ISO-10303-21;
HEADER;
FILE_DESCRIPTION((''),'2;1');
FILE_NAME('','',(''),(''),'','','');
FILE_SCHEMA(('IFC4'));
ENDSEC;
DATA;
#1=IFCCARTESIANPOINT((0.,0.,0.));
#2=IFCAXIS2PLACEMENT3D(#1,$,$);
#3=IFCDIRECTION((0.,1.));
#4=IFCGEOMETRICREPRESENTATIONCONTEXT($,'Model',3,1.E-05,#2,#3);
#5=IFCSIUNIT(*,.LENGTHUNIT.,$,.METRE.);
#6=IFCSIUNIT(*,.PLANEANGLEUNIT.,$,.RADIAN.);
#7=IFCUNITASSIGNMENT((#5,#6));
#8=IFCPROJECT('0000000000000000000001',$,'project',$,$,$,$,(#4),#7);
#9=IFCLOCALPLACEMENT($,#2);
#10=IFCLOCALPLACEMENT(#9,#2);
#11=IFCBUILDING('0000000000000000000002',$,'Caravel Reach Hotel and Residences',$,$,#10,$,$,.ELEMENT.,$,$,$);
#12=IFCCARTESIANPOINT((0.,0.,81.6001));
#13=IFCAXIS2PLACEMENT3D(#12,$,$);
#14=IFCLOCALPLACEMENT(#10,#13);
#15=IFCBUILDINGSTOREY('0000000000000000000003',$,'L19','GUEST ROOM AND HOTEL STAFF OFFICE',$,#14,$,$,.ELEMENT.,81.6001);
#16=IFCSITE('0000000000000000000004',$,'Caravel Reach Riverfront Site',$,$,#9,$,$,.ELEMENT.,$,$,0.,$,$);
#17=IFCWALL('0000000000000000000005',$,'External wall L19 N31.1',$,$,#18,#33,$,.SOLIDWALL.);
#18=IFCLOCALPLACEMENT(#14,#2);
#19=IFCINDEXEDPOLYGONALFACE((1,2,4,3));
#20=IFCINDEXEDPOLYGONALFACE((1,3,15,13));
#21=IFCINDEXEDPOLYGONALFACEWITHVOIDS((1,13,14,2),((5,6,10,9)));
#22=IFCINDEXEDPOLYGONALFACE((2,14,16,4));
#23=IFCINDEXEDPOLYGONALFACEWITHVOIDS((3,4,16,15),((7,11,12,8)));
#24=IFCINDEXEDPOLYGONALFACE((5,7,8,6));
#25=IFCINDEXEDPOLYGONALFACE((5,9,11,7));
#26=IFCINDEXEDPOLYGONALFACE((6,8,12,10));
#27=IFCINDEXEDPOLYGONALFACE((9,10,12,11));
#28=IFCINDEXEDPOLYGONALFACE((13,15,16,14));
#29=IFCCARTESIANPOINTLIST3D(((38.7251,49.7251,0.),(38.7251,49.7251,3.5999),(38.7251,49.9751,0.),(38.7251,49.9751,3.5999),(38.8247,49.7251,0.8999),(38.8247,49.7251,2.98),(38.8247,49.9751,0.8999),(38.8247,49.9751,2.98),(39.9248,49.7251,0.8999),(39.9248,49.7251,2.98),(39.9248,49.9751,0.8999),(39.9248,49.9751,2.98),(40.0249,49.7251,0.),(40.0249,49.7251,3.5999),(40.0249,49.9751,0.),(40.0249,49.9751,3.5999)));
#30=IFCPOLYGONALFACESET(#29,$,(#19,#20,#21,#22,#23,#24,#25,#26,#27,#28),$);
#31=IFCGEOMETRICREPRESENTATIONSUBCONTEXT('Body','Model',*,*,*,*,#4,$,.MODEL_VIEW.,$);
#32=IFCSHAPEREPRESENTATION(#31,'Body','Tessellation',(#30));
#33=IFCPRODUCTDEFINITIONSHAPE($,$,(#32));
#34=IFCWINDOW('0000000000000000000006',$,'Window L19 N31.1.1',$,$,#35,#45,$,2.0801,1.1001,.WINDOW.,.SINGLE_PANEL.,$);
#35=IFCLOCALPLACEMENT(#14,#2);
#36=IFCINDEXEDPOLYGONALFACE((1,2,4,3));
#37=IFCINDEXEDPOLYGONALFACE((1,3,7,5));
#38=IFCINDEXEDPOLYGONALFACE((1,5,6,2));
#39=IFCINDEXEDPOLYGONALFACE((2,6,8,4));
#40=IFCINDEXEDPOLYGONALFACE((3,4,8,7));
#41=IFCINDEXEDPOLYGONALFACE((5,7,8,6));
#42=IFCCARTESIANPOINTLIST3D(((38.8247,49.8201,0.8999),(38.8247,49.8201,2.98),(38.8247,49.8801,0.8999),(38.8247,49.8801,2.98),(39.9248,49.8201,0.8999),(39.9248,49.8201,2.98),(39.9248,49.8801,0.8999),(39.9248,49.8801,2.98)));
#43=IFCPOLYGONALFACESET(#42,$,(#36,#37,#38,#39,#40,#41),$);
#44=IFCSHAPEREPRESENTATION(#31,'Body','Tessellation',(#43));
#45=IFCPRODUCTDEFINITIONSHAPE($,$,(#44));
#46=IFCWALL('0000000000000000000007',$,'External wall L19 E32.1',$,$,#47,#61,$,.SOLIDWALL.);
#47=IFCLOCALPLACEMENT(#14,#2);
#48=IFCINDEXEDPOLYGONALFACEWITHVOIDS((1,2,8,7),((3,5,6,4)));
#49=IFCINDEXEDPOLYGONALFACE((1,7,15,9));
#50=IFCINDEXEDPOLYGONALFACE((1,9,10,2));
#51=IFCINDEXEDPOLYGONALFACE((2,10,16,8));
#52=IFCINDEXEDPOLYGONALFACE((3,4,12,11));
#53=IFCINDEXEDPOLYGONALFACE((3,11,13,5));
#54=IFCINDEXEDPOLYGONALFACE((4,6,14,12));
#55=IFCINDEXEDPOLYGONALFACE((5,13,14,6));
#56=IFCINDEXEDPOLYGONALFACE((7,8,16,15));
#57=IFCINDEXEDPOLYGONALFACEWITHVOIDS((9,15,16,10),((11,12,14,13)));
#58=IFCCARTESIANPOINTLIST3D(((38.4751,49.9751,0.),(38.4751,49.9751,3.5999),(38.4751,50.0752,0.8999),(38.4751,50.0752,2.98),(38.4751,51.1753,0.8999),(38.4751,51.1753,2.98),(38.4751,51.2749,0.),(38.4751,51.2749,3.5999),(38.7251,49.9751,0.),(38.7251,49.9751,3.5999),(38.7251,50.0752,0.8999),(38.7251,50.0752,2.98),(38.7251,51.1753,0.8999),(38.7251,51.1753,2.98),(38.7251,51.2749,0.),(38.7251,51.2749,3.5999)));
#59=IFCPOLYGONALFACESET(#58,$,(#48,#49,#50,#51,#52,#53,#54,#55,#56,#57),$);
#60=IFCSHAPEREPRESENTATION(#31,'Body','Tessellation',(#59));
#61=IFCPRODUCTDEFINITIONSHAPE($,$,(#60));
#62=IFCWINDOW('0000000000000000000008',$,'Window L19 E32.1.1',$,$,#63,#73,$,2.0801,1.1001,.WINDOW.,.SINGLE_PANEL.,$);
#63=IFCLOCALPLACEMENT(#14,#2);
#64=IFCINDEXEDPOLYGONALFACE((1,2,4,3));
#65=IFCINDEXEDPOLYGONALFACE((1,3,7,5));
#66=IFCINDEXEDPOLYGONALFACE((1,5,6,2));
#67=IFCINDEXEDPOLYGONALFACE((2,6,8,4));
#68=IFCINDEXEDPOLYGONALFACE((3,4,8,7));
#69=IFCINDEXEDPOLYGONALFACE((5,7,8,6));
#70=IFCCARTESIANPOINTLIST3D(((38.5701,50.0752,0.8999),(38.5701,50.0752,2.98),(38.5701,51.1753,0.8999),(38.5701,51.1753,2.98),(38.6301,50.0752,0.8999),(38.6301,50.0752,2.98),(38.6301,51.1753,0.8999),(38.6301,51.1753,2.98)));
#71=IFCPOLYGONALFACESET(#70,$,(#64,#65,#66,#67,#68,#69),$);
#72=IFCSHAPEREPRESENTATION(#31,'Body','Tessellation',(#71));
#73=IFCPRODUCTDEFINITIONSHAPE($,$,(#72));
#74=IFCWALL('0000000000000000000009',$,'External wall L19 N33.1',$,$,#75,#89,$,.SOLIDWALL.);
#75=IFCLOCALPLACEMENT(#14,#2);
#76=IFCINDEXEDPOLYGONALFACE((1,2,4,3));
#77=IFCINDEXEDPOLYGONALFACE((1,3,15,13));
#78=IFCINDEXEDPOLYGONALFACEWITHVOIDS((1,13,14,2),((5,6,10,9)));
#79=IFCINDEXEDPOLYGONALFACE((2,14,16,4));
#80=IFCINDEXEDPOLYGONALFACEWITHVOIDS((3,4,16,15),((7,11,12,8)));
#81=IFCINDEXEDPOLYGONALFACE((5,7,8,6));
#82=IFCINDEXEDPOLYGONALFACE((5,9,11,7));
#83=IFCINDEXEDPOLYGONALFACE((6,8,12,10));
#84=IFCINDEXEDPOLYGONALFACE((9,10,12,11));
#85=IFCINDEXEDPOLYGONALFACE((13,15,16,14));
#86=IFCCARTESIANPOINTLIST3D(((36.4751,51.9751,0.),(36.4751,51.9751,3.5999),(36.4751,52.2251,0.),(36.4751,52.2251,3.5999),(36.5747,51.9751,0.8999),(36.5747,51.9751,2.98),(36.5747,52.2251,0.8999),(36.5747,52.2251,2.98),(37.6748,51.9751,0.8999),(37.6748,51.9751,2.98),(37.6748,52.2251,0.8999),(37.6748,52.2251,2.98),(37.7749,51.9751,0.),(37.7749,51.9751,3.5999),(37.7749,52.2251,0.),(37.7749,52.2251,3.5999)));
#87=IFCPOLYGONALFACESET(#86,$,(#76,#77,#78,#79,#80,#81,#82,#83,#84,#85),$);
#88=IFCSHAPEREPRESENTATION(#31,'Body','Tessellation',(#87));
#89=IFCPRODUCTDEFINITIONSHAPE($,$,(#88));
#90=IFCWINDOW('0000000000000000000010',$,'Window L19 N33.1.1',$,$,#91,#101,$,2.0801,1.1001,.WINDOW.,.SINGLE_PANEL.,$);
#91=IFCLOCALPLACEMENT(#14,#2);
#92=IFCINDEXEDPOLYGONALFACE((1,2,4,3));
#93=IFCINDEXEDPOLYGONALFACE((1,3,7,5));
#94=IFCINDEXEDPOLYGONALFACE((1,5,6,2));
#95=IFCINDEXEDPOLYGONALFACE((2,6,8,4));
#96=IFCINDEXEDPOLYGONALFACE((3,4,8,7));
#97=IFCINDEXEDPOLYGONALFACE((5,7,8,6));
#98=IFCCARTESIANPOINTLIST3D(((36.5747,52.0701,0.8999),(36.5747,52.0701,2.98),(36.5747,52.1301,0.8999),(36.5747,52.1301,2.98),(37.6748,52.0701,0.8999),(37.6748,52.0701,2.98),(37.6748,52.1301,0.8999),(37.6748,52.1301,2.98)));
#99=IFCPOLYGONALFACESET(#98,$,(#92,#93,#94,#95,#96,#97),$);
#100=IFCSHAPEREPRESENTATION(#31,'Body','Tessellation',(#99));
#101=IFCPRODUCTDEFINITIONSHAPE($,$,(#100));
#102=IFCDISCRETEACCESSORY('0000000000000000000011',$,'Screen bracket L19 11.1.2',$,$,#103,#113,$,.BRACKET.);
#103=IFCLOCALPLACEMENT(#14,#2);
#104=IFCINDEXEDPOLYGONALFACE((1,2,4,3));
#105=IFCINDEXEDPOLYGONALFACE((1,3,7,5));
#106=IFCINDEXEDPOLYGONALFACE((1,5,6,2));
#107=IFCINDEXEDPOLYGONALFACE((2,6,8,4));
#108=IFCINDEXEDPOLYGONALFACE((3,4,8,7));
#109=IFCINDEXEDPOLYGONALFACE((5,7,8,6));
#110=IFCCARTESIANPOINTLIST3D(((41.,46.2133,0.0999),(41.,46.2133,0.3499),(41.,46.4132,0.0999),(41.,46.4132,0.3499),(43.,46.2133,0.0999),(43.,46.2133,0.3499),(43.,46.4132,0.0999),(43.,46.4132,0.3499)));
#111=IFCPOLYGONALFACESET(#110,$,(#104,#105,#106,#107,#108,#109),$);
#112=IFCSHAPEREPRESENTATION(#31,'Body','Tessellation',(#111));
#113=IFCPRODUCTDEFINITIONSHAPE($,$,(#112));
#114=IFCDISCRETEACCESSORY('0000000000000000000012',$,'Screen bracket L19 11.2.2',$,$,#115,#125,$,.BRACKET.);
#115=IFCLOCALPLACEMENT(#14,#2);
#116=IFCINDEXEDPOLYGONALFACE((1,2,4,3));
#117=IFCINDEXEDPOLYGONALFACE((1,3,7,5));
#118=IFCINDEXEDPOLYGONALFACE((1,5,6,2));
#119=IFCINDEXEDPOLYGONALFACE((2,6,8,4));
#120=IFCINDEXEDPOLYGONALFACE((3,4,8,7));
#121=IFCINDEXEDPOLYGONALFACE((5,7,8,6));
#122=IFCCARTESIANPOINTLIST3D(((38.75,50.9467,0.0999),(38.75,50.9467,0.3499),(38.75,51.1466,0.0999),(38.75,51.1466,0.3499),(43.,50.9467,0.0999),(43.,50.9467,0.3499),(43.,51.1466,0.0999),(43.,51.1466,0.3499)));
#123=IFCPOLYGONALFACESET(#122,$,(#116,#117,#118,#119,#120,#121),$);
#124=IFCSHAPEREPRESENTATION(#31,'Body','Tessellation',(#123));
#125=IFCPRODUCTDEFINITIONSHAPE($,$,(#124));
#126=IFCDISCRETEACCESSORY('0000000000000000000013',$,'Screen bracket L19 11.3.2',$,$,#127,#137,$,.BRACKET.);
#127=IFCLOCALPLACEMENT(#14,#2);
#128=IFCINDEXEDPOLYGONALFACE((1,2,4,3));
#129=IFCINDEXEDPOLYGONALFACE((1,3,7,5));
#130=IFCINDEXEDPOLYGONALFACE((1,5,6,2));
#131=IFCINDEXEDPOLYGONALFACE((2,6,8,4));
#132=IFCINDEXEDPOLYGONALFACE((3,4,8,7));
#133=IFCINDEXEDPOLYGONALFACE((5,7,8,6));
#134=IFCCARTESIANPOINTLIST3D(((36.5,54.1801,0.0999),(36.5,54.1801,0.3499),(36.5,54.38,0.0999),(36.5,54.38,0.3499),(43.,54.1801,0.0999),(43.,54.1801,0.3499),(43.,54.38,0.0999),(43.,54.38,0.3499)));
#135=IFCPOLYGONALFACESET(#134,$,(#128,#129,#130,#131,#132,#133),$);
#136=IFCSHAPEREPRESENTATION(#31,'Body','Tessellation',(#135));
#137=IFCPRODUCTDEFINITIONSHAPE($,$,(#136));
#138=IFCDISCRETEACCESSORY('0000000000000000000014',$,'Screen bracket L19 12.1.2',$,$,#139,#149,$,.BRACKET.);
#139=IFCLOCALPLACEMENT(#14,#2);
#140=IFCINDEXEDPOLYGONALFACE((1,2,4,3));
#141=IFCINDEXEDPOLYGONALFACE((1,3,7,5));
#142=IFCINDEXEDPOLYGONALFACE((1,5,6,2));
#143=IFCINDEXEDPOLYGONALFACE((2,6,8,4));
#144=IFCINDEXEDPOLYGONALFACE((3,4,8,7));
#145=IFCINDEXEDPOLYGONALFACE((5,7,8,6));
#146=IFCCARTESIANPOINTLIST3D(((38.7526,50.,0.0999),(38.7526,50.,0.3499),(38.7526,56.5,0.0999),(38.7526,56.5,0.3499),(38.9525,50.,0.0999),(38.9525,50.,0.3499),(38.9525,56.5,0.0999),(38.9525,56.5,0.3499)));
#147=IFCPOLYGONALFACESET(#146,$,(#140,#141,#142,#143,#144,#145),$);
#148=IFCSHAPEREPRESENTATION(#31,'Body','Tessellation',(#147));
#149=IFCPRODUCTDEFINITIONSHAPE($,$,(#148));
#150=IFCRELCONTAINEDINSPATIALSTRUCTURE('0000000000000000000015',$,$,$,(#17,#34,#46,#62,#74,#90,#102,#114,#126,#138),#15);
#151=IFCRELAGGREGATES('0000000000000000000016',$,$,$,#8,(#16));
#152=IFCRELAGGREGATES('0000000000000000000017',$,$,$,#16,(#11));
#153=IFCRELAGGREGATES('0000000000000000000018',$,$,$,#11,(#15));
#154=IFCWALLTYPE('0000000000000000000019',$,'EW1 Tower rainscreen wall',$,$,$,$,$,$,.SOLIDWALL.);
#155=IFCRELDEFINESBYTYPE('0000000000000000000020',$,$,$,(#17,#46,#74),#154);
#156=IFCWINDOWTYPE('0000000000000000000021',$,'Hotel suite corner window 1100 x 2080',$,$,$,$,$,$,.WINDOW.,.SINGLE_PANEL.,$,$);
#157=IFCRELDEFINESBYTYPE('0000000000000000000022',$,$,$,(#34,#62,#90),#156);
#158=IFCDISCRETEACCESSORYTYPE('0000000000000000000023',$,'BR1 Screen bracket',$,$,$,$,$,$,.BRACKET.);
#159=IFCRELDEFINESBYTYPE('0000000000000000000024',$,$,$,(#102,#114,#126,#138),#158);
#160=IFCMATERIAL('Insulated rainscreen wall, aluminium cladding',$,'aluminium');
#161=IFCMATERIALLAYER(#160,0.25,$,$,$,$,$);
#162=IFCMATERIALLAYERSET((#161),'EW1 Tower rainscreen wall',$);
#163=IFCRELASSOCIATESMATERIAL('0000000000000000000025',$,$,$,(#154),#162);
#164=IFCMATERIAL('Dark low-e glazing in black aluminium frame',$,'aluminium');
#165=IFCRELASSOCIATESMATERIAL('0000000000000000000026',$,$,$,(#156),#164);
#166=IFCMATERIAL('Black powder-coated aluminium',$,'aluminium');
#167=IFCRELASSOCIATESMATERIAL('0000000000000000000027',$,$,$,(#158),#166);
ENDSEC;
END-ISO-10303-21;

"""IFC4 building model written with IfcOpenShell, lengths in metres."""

from ifc_helpers import new_model, si_unit, direction, frame, frame_2d, origin, origin_2d, place, context, subcontext, project, spatial, rectangle, extrude, material, layer, layer_set, type_object, element, fill, save


model = new_model("IFC4")

# Units and contexts
model_context = context("Model", 3, precision=1e-05, world=origin(), true_north=direction((0.0, 1.0)))
body_context = subcontext(model_context, "Body", "Model", "MODEL_VIEW")
ifc_project = project(units=[si_unit("LENGTHUNIT", "METRE"), si_unit("PLANEANGLEUNIT", "RADIAN")], contexts=[model_context])

# Site, building, storey
site_placement = place(None, origin())
site = spatial("IfcSite", under=ifc_project, at=site_placement, Name="Caravel Reach Riverfront Site", CompositionType="ELEMENT", RefElevation=0.0)
building_placement = place(site_placement, origin())
building = spatial("IfcBuilding", under=site, at=building_placement, Name="Caravel Reach Hotel and Residences", CompositionType="ELEMENT")
storey_placement = place(building_placement, frame((0.0, 0.0, 81.6001)))
storey = spatial("IfcBuildingStorey", under=building, at=storey_placement, Name="L19", Description="GUEST ROOM AND HOTEL STAFF OFFICE", CompositionType="ELEMENT", Elevation=81.6001)

# Walls, openings, windows
ifc_material_1 = material(Name="Insulated rainscreen wall, aluminium cladding", Category="aluminium")
ifc_layer = layer(ifc_material_1, 0.25)
ifc_layer_set = layer_set([ifc_layer], Name="EW1 Tower rainscreen wall")
wall_type = type_object("IfcWallType", Name="EW1 Tower rainscreen wall", PredefinedType="SOLIDWALL", material=ifc_layer_set)
wall_1_placement = place(storey_placement, frame((40.0249, 49.8501, 0.0), z_axis=(0.0, 0.0, 1.0), x_axis=(-1.0, 0.0, 0.0)))
wall_1 = element("IfcWall", 1, at=wall_1_placement, inside=storey, type_object=wall_type, Name="External wall L19 N31.1", PredefinedType="SOLIDWALL", context=body_context, shape_type="SweptSolid", body=[
    extrude(rectangle(XDim=1.2998, YDim=0.25, at=frame_2d((0.6499, 0.0))), origin(), (0.0, 0.0, 1.0), 3.5999),
])
opening_1_placement = place(wall_1_placement, frame((0.1001, 0.0, 0.8999)))
opening_1 = element("IfcOpeningElement", 2, at=opening_1_placement, cuts=wall_1, PredefinedType="OPENING", context=body_context, shape_type="SweptSolid", body=[
    extrude(rectangle(XDim=1.1001, YDim=2.0801, at=frame_2d((0.55, 1.04))), frame((0.0, 0.135, 0.0), z_axis=(0.0, -1.0, 0.0), x_axis=(1.0, 0.0, 0.0)), (0.0, 0.0, 1.0), 0.27),
])
ifc_material_2 = material(Name="Dark low-e glazing in black aluminium frame", Category="aluminium")
window_type = type_object("IfcWindowType", Name="Hotel suite corner window 1100 x 2080", PartitioningType="SINGLE_PANEL", PredefinedType="WINDOW", material=ifc_material_2)
window_1_placement = place(opening_1_placement, origin())
window_1 = element("IfcWindow", 3, at=window_1_placement, inside=storey, type_object=window_type, Name="Window L19 N31.1.1", OverallHeight=2.0801, OverallWidth=1.1001, PartitioningType="SINGLE_PANEL", PredefinedType="WINDOW", context=body_context, shape_type="SweptSolid", body=[
    extrude(rectangle(XDim=1.1001, YDim=2.0801, at=frame_2d((0.55, 1.04))), frame((0.0, 0.03, 0.0), z_axis=(0.0, -1.0, 0.0), x_axis=(1.0, 0.0, 0.0)), (0.0, 0.0, 1.0), 0.0601),
])
fill(opening_1, window_1)
wall_2_placement = place(storey_placement, frame((38.6001, 49.9751, 0.0), z_axis=(0.0, 0.0, 1.0), x_axis=(0.0, 1.0, 0.0)))
wall_2 = element("IfcWall", 4, at=wall_2_placement, inside=storey, type_object=wall_type, Name="External wall L19 E32.1", PredefinedType="SOLIDWALL", context=body_context, shape_type="SweptSolid", body=[
    extrude(rectangle(XDim=1.2998, YDim=0.25, at=frame_2d((0.6499, 0.0))), origin(), (0.0, 0.0, 1.0), 3.5999),
])
opening_2_placement = place(wall_2_placement, frame((0.1001, 0.0, 0.8999)))
opening_2 = element("IfcOpeningElement", 5, at=opening_2_placement, cuts=wall_2, PredefinedType="OPENING", context=body_context, shape_type="SweptSolid", body=[
    extrude(rectangle(XDim=1.1001, YDim=2.0801, at=frame_2d((0.55, 1.04))), frame((0.0, 0.135, 0.0), z_axis=(0.0, -1.0, 0.0), x_axis=(1.0, 0.0, 0.0)), (0.0, 0.0, 1.0), 0.27),
])
window_2_placement = place(opening_2_placement, origin())
window_2 = element("IfcWindow", 6, at=window_2_placement, inside=storey, type_object=window_type, Name="Window L19 E32.1.1", OverallHeight=2.0801, OverallWidth=1.1001, PartitioningType="SINGLE_PANEL", PredefinedType="WINDOW", context=body_context, shape_type="SweptSolid", body=[
    extrude(rectangle(XDim=1.1001, YDim=2.0801, at=frame_2d((0.55, 1.04))), frame((0.0, 0.03, 0.0), z_axis=(0.0, -1.0, 0.0), x_axis=(1.0, 0.0, 0.0)), (0.0, 0.0, 1.0), 0.0601),
])
fill(opening_2, window_2)
wall_3_placement = place(storey_placement, frame((37.7749, 52.1001, 0.0), z_axis=(0.0, 0.0, 1.0), x_axis=(-1.0, 0.0, 0.0)))
wall_3 = element("IfcWall", 7, at=wall_3_placement, inside=storey, type_object=wall_type, Name="External wall L19 N33.1", PredefinedType="SOLIDWALL", context=body_context, shape_type="SweptSolid", body=[
    extrude(rectangle(XDim=1.2998, YDim=0.25, at=frame_2d((0.6499, 0.0))), origin(), (0.0, 0.0, 1.0), 3.5999),
])
opening_3_placement = place(wall_3_placement, frame((0.1001, 0.0, 0.8999)))
opening_3 = element("IfcOpeningElement", 8, at=opening_3_placement, cuts=wall_3, PredefinedType="OPENING", context=body_context, shape_type="SweptSolid", body=[
    extrude(rectangle(XDim=1.1001, YDim=2.0801, at=frame_2d((0.55, 1.04))), frame((0.0, 0.135, 0.0), z_axis=(0.0, -1.0, 0.0), x_axis=(1.0, 0.0, 0.0)), (0.0, 0.0, 1.0), 0.27),
])
window_3_placement = place(opening_3_placement, origin())
window_3 = element("IfcWindow", 9, at=window_3_placement, inside=storey, type_object=window_type, Name="Window L19 N33.1.1", OverallHeight=2.0801, OverallWidth=1.1001, PartitioningType="SINGLE_PANEL", PredefinedType="WINDOW", context=body_context, shape_type="SweptSolid", body=[
    extrude(rectangle(XDim=1.1001, YDim=2.0801, at=frame_2d((0.55, 1.04))), frame((0.0, 0.03, 0.0), z_axis=(0.0, -1.0, 0.0), x_axis=(1.0, 0.0, 0.0)), (0.0, 0.0, 1.0), 0.0601),
])
fill(opening_3, window_3)

# Discrete accessories
ifc_material_3 = material(Name="Black powder-coated aluminium", Category="aluminium")
discrete_accessory_type = type_object("IfcDiscreteAccessoryType", Name="BR1 Screen bracket", PredefinedType="BRACKET", material=ifc_material_3)
discrete_accessory_1_placement = place(storey_placement, frame((42.0, 46.3132, 0.0999), z_axis=(0.0, 0.0, 1.0), x_axis=(1.0, 0.0, 0.0)))
element("IfcDiscreteAccessory", 10, at=discrete_accessory_1_placement, inside=storey, type_object=discrete_accessory_type, Name="Screen bracket L19 11.1.2", PredefinedType="BRACKET", context=body_context, shape_type="SweptSolid", body=[
    extrude(rectangle(XDim=2.0, YDim=0.2, at=origin_2d()), origin(), (0.0, 0.0, 1.0), 0.25),
])
discrete_accessory_2_placement = place(storey_placement, frame((40.875, 51.0466, 0.0999), z_axis=(0.0, 0.0, 1.0), x_axis=(1.0, 0.0, 0.0)))
element("IfcDiscreteAccessory", 11, at=discrete_accessory_2_placement, inside=storey, type_object=discrete_accessory_type, Name="Screen bracket L19 11.2.2", PredefinedType="BRACKET", context=body_context, shape_type="SweptSolid", body=[
    extrude(rectangle(XDim=4.25, YDim=0.2, at=origin_2d()), origin(), (0.0, 0.0, 1.0), 0.25),
])
for number, where, z_axis, x_axis, name in (
    (12, (39.75, 54.28, 0.0999), (0.0, 0.0, 1.0), (1.0, 0.0, 0.0), "Screen bracket L19 11.3.2"),
    (13, (38.8525, 53.25, 0.0999), (0.0, 0.0, 1.0), (0.0, 1.0, 0.0), "Screen bracket L19 12.1.2"),
):
    element("IfcDiscreteAccessory", number, at=place(storey_placement, frame(where, z_axis=z_axis, x_axis=x_axis)), inside=storey, type_object=discrete_accessory_type, Name=name, PredefinedType="BRACKET", context=body_context, shape_type="SweptSolid", body=[
        extrude(rectangle(XDim=6.5, YDim=0.2, at=origin_2d()), origin(), (0.0, 0.0, 1.0), 0.25),
    ])

save(model, "model.ifc")
